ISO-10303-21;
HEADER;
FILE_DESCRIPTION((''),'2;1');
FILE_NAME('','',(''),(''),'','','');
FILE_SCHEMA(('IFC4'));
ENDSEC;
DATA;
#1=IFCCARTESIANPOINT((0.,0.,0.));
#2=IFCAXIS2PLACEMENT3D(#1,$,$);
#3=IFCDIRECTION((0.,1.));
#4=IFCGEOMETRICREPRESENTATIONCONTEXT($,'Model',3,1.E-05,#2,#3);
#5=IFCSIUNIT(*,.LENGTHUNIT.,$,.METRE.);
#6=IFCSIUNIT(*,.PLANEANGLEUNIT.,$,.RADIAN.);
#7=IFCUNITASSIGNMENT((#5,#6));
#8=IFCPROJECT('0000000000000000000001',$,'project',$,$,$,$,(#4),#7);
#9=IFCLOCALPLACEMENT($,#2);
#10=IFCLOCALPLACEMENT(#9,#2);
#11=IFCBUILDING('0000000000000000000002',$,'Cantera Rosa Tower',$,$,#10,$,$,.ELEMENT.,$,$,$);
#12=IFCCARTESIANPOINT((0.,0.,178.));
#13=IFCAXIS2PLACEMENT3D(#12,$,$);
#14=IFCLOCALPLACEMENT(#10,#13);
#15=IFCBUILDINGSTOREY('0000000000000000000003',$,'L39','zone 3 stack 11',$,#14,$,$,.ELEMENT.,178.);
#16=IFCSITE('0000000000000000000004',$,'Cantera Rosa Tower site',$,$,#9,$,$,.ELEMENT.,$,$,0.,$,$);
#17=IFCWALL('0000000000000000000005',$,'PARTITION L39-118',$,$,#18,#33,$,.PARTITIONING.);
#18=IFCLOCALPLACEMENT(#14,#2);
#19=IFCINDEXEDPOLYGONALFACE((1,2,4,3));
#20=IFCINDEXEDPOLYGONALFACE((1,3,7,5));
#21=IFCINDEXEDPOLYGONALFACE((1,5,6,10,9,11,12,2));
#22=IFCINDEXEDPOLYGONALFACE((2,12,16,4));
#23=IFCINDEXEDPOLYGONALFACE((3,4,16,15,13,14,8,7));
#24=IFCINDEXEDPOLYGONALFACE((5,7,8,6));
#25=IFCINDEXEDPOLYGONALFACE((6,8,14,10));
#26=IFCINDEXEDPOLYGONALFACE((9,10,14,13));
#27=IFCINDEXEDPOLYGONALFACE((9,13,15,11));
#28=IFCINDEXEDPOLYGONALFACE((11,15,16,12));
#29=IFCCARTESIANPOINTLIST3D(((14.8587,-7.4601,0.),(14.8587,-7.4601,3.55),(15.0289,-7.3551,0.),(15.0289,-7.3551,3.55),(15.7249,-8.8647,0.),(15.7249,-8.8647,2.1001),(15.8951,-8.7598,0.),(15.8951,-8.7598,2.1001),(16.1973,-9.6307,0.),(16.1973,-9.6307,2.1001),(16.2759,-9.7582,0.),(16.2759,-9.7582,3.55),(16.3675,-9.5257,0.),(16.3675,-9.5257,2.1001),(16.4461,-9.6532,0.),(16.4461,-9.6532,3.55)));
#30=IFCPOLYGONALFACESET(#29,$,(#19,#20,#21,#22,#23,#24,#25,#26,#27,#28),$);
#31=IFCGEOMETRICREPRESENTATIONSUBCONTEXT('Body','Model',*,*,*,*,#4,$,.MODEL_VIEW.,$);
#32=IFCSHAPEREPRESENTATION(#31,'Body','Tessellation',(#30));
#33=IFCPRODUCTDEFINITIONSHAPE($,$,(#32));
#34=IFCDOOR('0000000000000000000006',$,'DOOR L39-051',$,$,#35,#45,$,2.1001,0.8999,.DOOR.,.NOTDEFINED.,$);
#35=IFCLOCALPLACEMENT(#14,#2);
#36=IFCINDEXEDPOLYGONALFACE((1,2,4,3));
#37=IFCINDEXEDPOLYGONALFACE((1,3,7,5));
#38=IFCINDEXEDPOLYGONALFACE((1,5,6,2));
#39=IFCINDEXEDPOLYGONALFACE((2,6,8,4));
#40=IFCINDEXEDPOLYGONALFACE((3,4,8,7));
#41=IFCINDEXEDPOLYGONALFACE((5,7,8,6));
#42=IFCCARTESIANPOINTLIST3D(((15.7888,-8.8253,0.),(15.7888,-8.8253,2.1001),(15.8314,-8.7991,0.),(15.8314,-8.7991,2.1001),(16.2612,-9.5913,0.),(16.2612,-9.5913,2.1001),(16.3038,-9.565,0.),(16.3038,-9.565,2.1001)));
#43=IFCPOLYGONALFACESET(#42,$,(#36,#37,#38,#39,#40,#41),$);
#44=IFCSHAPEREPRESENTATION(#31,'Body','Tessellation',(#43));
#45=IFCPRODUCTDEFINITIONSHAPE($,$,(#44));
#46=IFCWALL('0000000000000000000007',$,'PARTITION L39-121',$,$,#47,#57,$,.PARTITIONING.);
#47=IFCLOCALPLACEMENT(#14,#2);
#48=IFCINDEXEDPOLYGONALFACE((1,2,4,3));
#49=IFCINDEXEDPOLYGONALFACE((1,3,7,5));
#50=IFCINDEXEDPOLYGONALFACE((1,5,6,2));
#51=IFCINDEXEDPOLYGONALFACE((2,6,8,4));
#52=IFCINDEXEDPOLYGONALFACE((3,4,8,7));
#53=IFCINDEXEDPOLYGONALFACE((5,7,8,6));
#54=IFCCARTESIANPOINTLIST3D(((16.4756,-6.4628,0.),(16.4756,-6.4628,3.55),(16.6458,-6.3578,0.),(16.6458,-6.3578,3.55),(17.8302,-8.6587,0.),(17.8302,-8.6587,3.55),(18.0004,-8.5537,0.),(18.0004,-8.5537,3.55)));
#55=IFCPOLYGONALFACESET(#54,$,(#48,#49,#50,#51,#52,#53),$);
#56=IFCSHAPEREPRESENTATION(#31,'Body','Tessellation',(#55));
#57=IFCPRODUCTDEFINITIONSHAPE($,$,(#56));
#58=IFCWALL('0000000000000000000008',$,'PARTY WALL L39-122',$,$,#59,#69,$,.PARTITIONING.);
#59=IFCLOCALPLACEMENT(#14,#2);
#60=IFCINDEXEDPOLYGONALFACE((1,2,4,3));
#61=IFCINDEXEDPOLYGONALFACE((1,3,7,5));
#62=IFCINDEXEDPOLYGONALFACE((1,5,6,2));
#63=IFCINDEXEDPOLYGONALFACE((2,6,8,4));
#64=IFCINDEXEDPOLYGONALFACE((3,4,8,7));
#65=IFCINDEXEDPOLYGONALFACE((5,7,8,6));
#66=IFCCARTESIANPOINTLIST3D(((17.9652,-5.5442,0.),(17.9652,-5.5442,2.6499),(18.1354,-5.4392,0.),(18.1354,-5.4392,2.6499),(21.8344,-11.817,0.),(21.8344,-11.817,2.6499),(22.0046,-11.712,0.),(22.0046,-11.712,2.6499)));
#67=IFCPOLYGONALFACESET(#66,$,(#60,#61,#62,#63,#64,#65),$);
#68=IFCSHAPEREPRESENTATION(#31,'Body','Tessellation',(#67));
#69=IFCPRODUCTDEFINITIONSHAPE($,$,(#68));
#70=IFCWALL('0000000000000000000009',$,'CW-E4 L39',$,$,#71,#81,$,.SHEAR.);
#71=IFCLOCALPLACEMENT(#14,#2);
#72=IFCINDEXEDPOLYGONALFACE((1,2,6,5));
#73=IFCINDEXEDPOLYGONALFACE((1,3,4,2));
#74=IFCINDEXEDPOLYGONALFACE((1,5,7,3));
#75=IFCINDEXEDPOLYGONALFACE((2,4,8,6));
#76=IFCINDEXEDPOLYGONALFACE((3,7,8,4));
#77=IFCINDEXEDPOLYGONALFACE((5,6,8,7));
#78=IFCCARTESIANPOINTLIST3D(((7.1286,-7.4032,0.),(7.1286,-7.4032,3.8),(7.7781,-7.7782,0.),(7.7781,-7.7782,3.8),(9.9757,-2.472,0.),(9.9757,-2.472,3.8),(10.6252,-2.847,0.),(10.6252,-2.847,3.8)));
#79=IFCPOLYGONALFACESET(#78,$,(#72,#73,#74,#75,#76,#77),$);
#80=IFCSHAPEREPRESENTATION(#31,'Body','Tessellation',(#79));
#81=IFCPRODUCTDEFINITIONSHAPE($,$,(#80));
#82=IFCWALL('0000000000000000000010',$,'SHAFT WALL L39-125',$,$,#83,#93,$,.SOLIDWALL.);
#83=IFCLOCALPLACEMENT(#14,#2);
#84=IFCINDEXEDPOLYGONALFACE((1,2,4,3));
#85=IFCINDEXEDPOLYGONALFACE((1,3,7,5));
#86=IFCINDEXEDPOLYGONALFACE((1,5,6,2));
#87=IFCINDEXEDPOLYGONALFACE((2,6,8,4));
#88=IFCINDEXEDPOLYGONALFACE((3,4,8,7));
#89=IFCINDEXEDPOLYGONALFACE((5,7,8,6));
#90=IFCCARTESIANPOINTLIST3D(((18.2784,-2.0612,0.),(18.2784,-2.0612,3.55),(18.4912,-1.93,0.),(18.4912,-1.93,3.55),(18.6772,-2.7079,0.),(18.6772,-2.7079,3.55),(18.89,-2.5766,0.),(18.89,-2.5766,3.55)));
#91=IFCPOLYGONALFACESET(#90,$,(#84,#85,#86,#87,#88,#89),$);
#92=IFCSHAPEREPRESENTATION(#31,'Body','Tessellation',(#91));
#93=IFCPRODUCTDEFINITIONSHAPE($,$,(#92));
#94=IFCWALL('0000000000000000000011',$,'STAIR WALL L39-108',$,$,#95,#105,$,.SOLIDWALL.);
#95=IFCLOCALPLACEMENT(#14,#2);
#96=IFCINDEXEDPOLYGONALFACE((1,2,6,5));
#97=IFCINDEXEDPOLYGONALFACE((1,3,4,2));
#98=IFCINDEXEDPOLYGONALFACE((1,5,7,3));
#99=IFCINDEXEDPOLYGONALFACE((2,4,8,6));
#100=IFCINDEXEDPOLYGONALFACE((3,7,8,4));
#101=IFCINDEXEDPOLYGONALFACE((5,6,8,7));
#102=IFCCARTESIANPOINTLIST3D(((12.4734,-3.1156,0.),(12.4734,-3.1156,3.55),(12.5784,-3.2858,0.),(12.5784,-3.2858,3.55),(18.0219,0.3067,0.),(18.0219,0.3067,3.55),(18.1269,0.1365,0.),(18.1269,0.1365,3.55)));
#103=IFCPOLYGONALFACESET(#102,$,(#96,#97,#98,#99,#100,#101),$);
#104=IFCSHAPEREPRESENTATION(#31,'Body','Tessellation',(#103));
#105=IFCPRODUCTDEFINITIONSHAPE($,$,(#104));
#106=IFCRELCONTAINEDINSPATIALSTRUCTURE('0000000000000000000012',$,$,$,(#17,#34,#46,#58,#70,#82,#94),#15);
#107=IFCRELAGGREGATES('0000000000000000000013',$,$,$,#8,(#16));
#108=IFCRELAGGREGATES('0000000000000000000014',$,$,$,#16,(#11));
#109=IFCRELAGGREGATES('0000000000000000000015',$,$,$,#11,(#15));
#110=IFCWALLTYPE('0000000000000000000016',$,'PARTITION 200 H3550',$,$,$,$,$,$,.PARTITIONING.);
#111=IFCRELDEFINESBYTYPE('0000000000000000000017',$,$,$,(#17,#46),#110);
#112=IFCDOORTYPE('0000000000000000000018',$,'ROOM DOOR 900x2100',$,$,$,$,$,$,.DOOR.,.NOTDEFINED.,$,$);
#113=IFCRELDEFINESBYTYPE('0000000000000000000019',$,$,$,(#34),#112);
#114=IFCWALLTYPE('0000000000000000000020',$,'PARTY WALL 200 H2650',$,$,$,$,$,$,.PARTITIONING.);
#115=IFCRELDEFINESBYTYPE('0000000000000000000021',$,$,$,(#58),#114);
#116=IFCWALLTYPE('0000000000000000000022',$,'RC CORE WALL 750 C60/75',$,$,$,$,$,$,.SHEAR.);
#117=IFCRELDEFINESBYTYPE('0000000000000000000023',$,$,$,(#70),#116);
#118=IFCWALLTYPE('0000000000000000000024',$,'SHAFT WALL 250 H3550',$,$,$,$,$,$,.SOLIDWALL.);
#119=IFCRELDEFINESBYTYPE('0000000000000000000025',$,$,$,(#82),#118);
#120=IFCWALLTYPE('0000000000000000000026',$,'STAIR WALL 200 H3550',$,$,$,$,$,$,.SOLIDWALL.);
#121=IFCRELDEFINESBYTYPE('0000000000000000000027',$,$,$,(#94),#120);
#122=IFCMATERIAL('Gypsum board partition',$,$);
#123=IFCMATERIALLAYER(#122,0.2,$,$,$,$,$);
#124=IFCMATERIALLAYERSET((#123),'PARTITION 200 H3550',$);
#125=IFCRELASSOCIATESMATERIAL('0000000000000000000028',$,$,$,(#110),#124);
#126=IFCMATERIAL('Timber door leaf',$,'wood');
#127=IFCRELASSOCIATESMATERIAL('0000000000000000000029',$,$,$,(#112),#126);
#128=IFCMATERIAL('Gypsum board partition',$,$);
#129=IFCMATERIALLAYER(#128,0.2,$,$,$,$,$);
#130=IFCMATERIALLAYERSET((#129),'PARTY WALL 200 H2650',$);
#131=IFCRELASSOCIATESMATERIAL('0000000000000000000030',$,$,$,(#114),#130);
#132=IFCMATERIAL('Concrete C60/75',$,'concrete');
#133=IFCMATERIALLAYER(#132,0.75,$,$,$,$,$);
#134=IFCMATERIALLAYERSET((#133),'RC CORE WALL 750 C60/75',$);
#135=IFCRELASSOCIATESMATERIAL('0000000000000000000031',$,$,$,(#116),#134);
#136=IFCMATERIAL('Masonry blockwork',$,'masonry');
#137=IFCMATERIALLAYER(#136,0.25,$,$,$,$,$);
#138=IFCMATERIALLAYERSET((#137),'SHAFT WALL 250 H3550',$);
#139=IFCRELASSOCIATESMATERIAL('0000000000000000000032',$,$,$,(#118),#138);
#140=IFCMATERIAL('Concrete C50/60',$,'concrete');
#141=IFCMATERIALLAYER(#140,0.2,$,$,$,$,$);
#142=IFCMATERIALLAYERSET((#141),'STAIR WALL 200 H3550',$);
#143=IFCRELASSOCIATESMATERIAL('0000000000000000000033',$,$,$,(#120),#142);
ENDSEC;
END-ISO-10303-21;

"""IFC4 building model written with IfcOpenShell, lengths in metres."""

from ifc_helpers import new_model, si_unit, direction, frame, frame_2d, origin, place, context, subcontext, project, spatial, rectangle, extrude, material, layer, layer_set, type_object, element, fill, save


model = new_model("IFC4")

# Units and contexts
model_context = context("Model", 3, precision=1e-05, world=origin(), true_north=direction((0.0, 1.0)))
body_context = subcontext(model_context, "Body", "Model", "MODEL_VIEW")
ifc_project = project(units=[si_unit("LENGTHUNIT", "METRE"), si_unit("PLANEANGLEUNIT", "RADIAN")], contexts=[model_context])

# Site, building, storey
site_placement = place(None, origin())
site = spatial("IfcSite", under=ifc_project, at=site_placement, Name="Cantera Rosa Tower site", CompositionType="ELEMENT", RefElevation=0.0)
building_placement = place(site_placement, origin())
building = spatial("IfcBuilding", under=site, at=building_placement, Name="Cantera Rosa Tower", CompositionType="ELEMENT")
storey_placement = place(building_placement, frame((0.0, 0.0, 178.0)))
storey = spatial("IfcBuildingStorey", under=building, at=storey_placement, Name="L39", Description="zone 3 stack 11", CompositionType="ELEMENT", Elevation=178.0)

# Shared definitions
ifc_material_1 = material(Name="Gypsum board partition")
ifc_layer_1 = layer(ifc_material_1, 0.2)
ifc_layer_set_1 = layer_set([ifc_layer_1], Name="PARTITION 200 H3550")
wall_type_1 = type_object("IfcWallType", Name="PARTITION 200 H3550", PredefinedType="PARTITIONING", material=ifc_layer_set_1)

# Wall, opening, door
wall_1_placement = place(storey_placement, frame((16.3611, -9.7058, 0.0), z_axis=(0.0, 0.0, 1.0), x_axis=(-0.524909, 0.851158, 0.0)))
wall_1 = element("IfcWall", 1, at=wall_1_placement, inside=storey, type_object=wall_type_1, Name="PARTITION L39-118", PredefinedType="PARTITIONING", context=body_context, shape_type="SweptSolid", body=[
    extrude(rectangle(XDim=2.7, YDim=0.2, at=frame_2d((1.3501, 0.0))), origin(), (0.0, 0.0, 1.0), 3.55),
])
opening_1_placement = place(wall_1_placement, frame((0.1499, 0.0, 0.0)))
opening_1 = element("IfcOpeningElement", 2, at=opening_1_placement, cuts=wall_1, PredefinedType="OPENING", context=body_context, shape_type="SweptSolid", body=[
    extrude(rectangle(XDim=0.8999, YDim=2.1001, at=frame_2d((0.45, 1.05))), frame((0.0, 0.1099, 0.0), z_axis=(0.0, -1.0, 0.0), x_axis=(1.0, 0.0, 0.0)), (0.0, 0.0, 1.0), 0.22),
])
ifc_material_2 = material(Name="Timber door leaf", Category="wood")
door_type_1 = type_object("IfcDoorType", Name="ROOM DOOR 900x2100", OperationType="NOTDEFINED", PredefinedType="DOOR", material=ifc_material_2)
door_1_placement = place(opening_1_placement, origin())
door_1 = element("IfcDoor", 3, at=door_1_placement, inside=storey, type_object=door_type_1, Name="DOOR L39-051", OperationType="NOTDEFINED", OverallHeight=2.1001, OverallWidth=0.8999, PredefinedType="DOOR", context=body_context, shape_type="SweptSolid", body=[
    extrude(rectangle(XDim=0.8999, YDim=2.1001, at=frame_2d((0.45, 1.05))), frame((0.0, 0.0249, 0.0), z_axis=(0.0, -1.0, 0.0), x_axis=(1.0, 0.0, 0.0)), (0.0, 0.0, 1.0), 0.05),
])
fill(opening_1, door_1)

# Walls
wall_2_placement = place(storey_placement, frame((17.9153, -8.6062, 0.0), z_axis=(0.0, 0.0, 1.0), x_axis=(-0.525005, 0.851099, 0.0)))
element("IfcWall", 4, at=wall_2_placement, inside=storey, type_object=wall_type_1, Name="PARTITION L39-121", PredefinedType="PARTITIONING", context=body_context, shape_type="SweptSolid", body=[
    extrude(rectangle(XDim=2.5801, YDim=0.2, at=frame_2d((1.29, 0.0))), origin(), (0.0, 0.0, 1.0), 3.55),
])
ifc_material_3 = material(Name="Gypsum board partition")
ifc_layer_2 = layer(ifc_material_3, 0.2)
ifc_layer_set_2 = layer_set([ifc_layer_2], Name="PARTY WALL 200 H2650")
wall_type_2 = type_object("IfcWallType", Name="PARTY WALL 200 H2650", PredefinedType="PARTITIONING", material=ifc_layer_set_2)
wall_3_placement = place(storey_placement, frame((18.0503, -5.4917, 0.0), z_axis=(0.0, 0.0, 1.0), x_axis=(0.524984, -0.851112, 0.0)))
element("IfcWall", 5, at=wall_3_placement, inside=storey, type_object=wall_type_2, Name="PARTY WALL L39-122", PredefinedType="PARTITIONING", context=body_context, shape_type="SweptSolid", body=[
    extrude(rectangle(XDim=7.3701, YDim=0.2, at=frame_2d((3.6851, 0.0))), origin(), (0.0, 0.0, 1.0), 2.6499),
])
ifc_material_4 = material(Name="Concrete C60/75", Category="concrete")
ifc_layer_3 = layer(ifc_material_4, 0.75)
ifc_layer_set_3 = layer_set([ifc_layer_3], Name="RC CORE WALL 750 C60/75")
wall_type_3 = type_object("IfcWallType", Name="RC CORE WALL 750 C60/75", PredefinedType="SHEAR", material=ifc_layer_set_3)
wall_4_placement = place(storey_placement, frame((10.3005, -2.6594, 0.0), z_axis=(0.0, 0.0, 1.0), x_axis=(-0.500022, -0.866013, 0.0)))
element("IfcWall", 6, at=wall_4_placement, inside=storey, type_object=wall_type_3, Name="CW-E4 L39", PredefinedType="SHEAR", context=body_context, shape_type="SweptSolid", body=[
    extrude(rectangle(XDim=5.6941, YDim=0.75, at=frame_2d((2.8472, 0.0))), origin(), (0.0, 0.0, 1.0), 3.8),
])
ifc_material_5 = material(Name="Masonry blockwork", Category="masonry")
ifc_layer_4 = layer(ifc_material_5, 0.25)
ifc_layer_set_4 = layer_set([ifc_layer_4], Name="SHAFT WALL 250 H3550")
wall_type_4 = type_object("IfcWallType", Name="SHAFT WALL 250 H3550", PredefinedType="SOLIDWALL", material=ifc_layer_set_4)
wall_5_placement = place(storey_placement, frame((18.3848, -1.9956, 0.0), z_axis=(0.0, 0.0, 1.0), x_axis=(0.524993, -0.851106, 0.0)))
element("IfcWall", 7, at=wall_5_placement, inside=storey, type_object=wall_type_4, Name="SHAFT WALL L39-125", PredefinedType="SOLIDWALL", context=body_context, shape_type="SweptSolid", body=[
    extrude(rectangle(XDim=0.7598, YDim=0.25, at=frame_2d((0.3799, 0.0))), origin(), (0.0, 0.0, 1.0), 3.55),
])
ifc_material_6 = material(Name="Concrete C50/60", Category="concrete")
ifc_layer_5 = layer(ifc_material_6, 0.2)
ifc_layer_set_5 = layer_set([ifc_layer_5], Name="STAIR WALL 200 H3550")
wall_type_5 = type_object("IfcWallType", Name="STAIR WALL 200 H3550", PredefinedType="SOLIDWALL", material=ifc_layer_set_5)
wall_6_placement = place(storey_placement, frame((12.5259, -3.2007, 0.0), z_axis=(0.0, 0.0, 1.0), x_axis=(0.85112, 0.524971, 0.0)))
element("IfcWall", 8, at=wall_6_placement, inside=storey, type_object=wall_type_5, Name="STAIR WALL L39-108", PredefinedType="SOLIDWALL", context=body_context, shape_type="SweptSolid", body=[
    extrude(rectangle(XDim=6.519, YDim=0.2, at=frame_2d((3.2595, 0.0))), origin(), (0.0, 0.0, 1.0), 3.55),
])

save(model, "model.ifc")
